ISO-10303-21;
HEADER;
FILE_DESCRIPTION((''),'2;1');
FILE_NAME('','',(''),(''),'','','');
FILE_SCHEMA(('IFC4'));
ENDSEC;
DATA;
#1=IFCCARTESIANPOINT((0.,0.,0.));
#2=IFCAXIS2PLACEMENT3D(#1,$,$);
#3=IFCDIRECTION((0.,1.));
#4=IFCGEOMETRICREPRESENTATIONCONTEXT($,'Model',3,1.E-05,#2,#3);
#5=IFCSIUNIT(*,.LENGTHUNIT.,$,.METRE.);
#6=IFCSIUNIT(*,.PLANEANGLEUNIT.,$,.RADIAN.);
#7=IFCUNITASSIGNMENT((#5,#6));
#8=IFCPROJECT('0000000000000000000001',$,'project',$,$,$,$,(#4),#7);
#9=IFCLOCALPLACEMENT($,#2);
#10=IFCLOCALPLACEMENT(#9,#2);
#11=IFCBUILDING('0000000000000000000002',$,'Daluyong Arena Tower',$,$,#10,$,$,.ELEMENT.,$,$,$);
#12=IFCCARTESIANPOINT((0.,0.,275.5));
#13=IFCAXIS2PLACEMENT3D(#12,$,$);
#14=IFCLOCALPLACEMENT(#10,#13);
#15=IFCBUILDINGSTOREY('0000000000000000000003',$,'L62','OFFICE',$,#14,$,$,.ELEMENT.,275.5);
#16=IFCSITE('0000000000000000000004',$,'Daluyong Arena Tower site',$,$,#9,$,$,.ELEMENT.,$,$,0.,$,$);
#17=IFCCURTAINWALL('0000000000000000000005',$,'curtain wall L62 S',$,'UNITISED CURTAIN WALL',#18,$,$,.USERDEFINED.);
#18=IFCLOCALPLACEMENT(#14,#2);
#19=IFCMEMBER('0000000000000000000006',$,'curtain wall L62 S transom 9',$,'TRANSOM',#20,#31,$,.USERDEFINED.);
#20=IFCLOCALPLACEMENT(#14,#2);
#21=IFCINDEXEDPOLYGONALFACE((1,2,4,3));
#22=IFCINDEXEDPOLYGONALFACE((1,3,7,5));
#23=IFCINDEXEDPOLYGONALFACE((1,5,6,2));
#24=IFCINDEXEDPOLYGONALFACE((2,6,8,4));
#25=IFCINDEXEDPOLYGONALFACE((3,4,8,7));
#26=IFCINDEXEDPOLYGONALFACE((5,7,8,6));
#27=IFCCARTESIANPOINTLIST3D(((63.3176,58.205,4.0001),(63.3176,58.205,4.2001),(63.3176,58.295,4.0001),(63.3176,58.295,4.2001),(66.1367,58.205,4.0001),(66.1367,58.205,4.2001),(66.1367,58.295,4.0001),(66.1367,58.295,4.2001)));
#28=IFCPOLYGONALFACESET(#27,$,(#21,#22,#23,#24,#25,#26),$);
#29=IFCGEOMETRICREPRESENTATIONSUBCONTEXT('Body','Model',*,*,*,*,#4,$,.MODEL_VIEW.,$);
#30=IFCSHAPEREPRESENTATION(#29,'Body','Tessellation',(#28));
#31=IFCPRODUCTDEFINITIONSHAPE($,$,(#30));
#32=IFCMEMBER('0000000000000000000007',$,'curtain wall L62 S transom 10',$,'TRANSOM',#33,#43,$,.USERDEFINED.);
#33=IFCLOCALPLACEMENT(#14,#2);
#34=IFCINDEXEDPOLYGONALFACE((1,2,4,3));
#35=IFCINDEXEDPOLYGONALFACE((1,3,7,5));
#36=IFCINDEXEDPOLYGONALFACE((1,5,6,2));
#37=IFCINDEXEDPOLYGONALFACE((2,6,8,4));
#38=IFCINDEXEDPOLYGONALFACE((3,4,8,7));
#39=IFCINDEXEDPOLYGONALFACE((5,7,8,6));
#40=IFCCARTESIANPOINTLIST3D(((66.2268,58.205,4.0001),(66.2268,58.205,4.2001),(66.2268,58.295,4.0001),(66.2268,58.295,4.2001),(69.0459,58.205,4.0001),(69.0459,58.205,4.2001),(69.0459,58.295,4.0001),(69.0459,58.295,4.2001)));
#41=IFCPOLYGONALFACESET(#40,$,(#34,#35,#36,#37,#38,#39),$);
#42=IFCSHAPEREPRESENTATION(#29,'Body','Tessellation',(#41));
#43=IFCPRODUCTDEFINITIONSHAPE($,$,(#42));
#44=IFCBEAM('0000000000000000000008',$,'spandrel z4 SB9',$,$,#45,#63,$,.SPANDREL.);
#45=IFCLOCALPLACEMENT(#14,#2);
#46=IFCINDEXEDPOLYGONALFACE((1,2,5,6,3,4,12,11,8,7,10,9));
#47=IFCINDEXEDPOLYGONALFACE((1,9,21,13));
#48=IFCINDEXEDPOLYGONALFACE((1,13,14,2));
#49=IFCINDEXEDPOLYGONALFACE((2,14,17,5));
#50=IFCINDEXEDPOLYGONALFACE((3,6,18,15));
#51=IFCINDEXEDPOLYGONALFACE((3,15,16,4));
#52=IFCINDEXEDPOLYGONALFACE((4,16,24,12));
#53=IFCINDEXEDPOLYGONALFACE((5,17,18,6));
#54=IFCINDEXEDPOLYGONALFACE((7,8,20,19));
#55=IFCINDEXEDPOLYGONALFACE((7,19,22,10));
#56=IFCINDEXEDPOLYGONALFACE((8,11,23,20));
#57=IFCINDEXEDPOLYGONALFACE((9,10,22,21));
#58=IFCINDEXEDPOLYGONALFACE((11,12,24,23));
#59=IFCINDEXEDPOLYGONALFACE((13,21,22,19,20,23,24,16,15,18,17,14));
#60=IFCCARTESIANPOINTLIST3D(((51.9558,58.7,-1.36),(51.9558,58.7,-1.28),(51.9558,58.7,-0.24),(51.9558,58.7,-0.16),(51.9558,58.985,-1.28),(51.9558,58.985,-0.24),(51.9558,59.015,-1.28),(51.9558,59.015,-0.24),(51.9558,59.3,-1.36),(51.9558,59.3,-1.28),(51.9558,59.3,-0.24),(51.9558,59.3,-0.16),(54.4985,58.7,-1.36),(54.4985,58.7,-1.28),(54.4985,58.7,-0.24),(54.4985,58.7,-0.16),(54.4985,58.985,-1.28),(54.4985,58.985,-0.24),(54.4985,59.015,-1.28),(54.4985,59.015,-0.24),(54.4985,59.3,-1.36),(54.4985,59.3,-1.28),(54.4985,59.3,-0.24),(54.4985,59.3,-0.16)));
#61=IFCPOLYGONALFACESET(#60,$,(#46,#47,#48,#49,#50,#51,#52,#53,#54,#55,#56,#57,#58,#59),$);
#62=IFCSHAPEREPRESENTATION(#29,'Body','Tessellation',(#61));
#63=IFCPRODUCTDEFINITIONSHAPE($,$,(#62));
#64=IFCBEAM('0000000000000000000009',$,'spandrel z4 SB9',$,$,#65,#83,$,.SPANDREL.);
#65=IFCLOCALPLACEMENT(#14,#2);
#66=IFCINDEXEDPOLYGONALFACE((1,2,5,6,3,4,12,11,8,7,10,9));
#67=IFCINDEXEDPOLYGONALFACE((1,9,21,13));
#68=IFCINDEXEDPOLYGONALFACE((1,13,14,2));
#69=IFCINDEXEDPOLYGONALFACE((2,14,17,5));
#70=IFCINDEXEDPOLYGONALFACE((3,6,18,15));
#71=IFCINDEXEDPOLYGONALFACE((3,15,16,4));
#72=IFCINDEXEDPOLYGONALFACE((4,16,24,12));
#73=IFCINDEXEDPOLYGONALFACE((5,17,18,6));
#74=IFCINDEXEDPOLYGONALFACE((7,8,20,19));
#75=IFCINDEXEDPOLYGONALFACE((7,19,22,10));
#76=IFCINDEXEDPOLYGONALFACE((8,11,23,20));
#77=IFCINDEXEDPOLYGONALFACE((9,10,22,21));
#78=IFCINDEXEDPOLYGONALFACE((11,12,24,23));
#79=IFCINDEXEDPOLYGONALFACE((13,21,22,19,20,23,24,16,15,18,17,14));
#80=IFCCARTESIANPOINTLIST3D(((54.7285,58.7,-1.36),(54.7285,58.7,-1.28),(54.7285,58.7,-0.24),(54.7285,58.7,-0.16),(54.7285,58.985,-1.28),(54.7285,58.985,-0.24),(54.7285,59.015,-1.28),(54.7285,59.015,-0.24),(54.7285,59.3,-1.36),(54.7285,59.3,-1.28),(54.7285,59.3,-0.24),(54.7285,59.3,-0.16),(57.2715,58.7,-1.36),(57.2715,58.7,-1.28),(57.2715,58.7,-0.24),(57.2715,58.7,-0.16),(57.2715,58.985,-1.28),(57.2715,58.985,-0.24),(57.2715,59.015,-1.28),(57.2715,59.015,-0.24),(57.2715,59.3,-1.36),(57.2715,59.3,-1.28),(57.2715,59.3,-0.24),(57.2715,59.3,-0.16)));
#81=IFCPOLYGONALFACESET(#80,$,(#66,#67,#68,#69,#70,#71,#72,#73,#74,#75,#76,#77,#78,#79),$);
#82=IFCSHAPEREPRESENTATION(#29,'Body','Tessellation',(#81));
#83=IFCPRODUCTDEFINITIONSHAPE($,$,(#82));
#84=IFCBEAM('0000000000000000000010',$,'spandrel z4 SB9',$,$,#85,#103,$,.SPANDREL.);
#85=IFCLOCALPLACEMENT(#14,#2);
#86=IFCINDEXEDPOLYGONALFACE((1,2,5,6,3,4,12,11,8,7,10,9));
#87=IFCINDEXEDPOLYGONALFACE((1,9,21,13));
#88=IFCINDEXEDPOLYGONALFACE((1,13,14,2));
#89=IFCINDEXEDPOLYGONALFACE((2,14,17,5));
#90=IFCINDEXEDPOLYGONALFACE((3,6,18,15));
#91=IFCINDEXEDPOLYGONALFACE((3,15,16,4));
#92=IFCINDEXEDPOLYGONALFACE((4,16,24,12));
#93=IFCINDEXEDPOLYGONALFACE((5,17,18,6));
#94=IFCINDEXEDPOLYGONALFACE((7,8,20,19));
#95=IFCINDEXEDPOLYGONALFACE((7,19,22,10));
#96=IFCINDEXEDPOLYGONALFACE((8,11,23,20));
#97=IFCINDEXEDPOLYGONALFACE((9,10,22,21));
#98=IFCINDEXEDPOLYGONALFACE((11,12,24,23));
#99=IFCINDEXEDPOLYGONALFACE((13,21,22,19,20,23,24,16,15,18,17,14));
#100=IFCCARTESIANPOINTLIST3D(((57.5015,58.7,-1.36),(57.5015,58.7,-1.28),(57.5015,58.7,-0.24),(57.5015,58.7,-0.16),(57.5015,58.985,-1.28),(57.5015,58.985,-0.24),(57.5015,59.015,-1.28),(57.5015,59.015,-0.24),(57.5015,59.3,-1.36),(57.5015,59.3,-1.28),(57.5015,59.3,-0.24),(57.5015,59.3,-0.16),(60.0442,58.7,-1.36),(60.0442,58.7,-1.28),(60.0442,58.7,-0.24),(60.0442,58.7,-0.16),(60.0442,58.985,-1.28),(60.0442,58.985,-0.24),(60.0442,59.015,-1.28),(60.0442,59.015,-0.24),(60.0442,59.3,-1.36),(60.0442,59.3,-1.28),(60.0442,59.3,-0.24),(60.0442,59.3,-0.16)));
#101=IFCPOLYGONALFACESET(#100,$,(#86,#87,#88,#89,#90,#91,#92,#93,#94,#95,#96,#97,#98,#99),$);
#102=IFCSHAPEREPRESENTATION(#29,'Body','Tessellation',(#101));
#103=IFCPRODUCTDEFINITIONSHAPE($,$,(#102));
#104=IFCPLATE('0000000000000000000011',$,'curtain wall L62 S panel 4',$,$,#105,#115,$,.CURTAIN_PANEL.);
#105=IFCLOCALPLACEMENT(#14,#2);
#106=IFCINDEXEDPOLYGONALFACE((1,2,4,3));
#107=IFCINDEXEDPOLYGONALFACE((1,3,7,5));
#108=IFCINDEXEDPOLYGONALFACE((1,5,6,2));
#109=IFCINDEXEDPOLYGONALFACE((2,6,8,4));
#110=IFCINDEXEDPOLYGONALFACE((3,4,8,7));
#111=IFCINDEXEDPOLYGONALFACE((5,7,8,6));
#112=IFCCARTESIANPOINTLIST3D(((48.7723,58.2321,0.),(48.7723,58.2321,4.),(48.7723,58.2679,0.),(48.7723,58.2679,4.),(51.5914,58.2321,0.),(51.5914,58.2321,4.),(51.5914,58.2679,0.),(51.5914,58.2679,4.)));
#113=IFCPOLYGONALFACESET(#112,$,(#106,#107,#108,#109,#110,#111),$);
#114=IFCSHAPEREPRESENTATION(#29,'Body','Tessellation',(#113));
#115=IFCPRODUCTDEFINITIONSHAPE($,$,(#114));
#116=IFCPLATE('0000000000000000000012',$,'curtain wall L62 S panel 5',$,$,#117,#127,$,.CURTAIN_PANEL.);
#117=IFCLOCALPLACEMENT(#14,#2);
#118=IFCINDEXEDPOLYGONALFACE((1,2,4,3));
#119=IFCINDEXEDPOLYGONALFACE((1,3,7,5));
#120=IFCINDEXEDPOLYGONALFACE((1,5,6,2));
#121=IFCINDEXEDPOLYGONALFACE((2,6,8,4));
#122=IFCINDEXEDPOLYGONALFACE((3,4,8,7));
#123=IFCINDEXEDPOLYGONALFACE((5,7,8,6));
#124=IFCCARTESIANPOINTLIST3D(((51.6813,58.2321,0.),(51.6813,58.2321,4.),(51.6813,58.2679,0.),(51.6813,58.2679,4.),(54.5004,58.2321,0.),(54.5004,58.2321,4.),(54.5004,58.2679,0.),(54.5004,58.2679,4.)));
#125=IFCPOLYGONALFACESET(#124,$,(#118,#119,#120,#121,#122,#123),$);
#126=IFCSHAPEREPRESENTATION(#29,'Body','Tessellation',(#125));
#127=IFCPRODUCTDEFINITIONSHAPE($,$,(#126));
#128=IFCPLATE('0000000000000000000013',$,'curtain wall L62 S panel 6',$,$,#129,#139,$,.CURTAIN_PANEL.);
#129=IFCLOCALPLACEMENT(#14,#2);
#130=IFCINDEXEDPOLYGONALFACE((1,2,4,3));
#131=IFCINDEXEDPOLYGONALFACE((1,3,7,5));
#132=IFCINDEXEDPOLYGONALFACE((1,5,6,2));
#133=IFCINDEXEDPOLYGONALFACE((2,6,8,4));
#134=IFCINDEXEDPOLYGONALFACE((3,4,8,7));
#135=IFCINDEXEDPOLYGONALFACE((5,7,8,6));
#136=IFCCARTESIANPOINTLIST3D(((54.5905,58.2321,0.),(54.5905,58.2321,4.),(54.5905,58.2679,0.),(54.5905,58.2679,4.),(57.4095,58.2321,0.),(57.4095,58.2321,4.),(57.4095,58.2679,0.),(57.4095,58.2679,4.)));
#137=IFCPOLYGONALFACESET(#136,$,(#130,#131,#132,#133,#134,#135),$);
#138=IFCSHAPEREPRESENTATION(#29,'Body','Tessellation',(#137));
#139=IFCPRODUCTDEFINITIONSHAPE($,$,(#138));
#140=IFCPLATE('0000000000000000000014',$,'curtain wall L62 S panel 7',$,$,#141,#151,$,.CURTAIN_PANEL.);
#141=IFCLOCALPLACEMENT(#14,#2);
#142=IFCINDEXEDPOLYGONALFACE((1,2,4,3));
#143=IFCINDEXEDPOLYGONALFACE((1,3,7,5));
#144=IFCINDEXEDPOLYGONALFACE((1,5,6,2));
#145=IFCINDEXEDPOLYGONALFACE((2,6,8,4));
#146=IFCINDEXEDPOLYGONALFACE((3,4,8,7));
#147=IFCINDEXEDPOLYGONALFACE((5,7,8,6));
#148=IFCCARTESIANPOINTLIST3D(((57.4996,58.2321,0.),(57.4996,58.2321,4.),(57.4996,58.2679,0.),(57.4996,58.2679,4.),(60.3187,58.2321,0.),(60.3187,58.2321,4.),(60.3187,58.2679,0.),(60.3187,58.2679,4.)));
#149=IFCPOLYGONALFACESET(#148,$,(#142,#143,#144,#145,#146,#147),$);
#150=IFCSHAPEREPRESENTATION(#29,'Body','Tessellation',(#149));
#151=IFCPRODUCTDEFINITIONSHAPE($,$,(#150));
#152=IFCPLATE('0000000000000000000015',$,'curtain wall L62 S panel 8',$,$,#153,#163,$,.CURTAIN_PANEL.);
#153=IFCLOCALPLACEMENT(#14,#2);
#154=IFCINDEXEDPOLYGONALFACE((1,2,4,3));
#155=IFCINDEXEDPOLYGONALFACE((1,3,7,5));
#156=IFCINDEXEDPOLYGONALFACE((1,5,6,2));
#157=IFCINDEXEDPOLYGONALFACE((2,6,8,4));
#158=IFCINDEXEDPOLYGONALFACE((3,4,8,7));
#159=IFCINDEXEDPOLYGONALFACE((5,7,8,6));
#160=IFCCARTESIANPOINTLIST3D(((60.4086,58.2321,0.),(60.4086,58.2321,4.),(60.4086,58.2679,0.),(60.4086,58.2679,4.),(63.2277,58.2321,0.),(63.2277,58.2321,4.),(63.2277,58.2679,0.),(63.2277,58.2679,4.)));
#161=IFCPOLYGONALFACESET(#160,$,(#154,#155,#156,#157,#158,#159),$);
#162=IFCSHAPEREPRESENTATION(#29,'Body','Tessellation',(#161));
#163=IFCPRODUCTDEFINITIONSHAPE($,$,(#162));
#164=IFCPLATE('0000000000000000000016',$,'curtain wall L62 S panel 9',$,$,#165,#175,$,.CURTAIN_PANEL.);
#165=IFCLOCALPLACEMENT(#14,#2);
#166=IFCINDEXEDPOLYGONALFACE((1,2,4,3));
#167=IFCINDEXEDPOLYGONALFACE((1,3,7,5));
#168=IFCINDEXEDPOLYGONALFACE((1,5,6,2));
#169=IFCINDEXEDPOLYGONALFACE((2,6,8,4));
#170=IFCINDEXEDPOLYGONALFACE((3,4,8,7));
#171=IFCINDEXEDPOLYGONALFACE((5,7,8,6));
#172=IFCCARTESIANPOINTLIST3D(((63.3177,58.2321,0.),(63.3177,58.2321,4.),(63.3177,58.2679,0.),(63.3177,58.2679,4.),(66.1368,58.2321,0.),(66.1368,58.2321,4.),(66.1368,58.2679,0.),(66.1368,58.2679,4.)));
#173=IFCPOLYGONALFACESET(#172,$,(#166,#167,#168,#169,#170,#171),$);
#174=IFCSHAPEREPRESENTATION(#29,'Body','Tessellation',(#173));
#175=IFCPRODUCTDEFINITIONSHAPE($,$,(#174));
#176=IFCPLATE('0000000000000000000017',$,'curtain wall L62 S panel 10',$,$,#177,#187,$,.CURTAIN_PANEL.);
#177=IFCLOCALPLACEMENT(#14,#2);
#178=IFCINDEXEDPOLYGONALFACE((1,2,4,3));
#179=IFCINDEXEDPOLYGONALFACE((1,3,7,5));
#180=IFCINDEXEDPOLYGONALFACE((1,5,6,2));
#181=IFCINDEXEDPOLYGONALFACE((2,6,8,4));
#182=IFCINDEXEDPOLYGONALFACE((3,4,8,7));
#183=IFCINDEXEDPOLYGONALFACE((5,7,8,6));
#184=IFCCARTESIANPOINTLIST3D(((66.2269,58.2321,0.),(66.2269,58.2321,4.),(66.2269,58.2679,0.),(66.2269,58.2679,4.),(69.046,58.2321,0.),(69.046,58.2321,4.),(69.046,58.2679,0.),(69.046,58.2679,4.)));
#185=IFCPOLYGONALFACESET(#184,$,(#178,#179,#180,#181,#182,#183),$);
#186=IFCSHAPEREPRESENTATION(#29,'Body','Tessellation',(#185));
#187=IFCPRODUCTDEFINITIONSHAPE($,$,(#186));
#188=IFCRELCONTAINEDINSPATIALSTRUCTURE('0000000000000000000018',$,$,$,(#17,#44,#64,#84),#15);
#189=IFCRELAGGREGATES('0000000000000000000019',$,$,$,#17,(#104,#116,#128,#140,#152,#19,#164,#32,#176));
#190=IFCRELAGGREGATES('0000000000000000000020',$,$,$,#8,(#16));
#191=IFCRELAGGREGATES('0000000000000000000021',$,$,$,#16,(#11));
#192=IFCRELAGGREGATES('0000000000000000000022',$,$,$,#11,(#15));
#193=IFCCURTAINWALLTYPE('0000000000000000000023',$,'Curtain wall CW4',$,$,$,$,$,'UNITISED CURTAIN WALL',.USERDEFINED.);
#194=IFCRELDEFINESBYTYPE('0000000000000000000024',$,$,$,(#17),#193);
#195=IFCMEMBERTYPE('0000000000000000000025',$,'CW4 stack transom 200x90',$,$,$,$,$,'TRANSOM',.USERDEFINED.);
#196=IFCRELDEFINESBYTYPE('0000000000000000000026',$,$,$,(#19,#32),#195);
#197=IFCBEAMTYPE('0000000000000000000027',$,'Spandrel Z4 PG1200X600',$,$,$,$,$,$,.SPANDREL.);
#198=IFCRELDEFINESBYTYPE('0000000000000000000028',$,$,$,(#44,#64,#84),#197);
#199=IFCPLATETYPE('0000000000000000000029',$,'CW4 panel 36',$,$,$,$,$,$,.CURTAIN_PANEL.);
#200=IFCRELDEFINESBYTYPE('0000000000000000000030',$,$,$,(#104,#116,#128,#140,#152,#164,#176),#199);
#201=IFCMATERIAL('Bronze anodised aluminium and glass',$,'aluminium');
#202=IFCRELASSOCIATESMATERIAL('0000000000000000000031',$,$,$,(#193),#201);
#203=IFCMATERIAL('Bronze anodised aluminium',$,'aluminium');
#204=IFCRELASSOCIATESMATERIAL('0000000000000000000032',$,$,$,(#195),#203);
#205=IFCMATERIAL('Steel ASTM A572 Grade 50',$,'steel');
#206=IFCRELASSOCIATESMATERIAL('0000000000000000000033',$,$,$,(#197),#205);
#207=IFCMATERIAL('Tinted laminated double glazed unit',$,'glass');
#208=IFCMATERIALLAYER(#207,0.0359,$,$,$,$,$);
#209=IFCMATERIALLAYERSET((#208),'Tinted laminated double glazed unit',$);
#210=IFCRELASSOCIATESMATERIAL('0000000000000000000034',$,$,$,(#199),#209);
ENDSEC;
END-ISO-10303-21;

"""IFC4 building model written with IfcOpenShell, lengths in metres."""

from ifc_helpers import new_model, si_unit, direction, frame, origin, origin_2d, place, context, subcontext, project, spatial, rectangle, i_section, extrude, material, layer, layer_set, material_profile, profile_set, type_object, element, aggregate, save


model = new_model("IFC4")

# Units and contexts
model_context = context("Model", 3, precision=1e-05, world=origin(), true_north=direction((0.0, 1.0)))
body_context = subcontext(model_context, "Body", "Model", "MODEL_VIEW")
ifc_project = project(units=[si_unit("LENGTHUNIT", "METRE"), si_unit("PLANEANGLEUNIT", "RADIAN")], contexts=[model_context])

# Site, building, storey
site_placement = place(None, origin())
site = spatial("IfcSite", under=ifc_project, at=site_placement, Name="Daluyong Arena Tower site", CompositionType="ELEMENT", RefElevation=0.0)
building_placement = place(site_placement, origin())
building = spatial("IfcBuilding", under=site, at=building_placement, Name="Daluyong Arena Tower", CompositionType="ELEMENT")
storey_placement = place(building_placement, frame((0.0, 0.0, 275.5)))
storey = spatial("IfcBuildingStorey", under=building, at=storey_placement, Name="L62", Description="OFFICE", CompositionType="ELEMENT", Elevation=275.5)

# Curtain wall, members
ifc_material_1 = material(Name="Bronze anodised aluminium and glass", Category="aluminium")
curtain_wall_type = type_object("IfcCurtainWallType", Name="Curtain wall CW4", ElementType="UNITISED CURTAIN WALL", PredefinedType="USERDEFINED", material=ifc_material_1)
curtain_wall_placement = place(storey_placement, origin())
curtain_wall = element("IfcCurtainWall", 1, at=curtain_wall_placement, inside=storey, type_object=curtain_wall_type, Name="curtain wall L62 S", ObjectType="UNITISED CURTAIN WALL", PredefinedType="USERDEFINED")
ifc_material_2 = material(Name="Bronze anodised aluminium", Category="aluminium")
ifc_material_profile_1 = material_profile(ifc_material_2, rectangle(XDim=0.0901, YDim=0.2, at=origin_2d()))
ifc_profile_set_1 = profile_set([ifc_material_profile_1], Name="Bronze anodised aluminium")
member_type_1 = type_object("IfcMemberType", Name="CW4 stack transom 200x90", ElementType="TRANSOM", PredefinedType="USERDEFINED", material=ifc_profile_set_1)
member_1_placement = place(storey_placement, frame((63.3176, 58.25, 4.1001), z_axis=(1.0, 0.0, 0.0), x_axis=(0.0, 1.0, 0.0)))
member_1 = element("IfcMember", 2, at=member_1_placement, type_object=member_type_1, Name="curtain wall L62 S transom 9", ObjectType="TRANSOM", PredefinedType="USERDEFINED", context=body_context, shape_type="SweptSolid", body=[
    extrude(rectangle(XDim=0.0901, YDim=0.2, at=origin_2d()), origin(), (0.0, 0.0, 1.0), 2.8191),
])
member_2_placement = place(storey_placement, frame((66.2268, 58.25, 4.1001), z_axis=(1.0, 0.0, 0.0), x_axis=(0.0, 1.0, 0.0)))
member_2 = element("IfcMember", 3, at=member_2_placement, type_object=member_type_1, Name="curtain wall L62 S transom 10", ObjectType="TRANSOM", PredefinedType="USERDEFINED", context=body_context, shape_type="SweptSolid", body=[
    extrude(rectangle(XDim=0.0901, YDim=0.2, at=origin_2d()), origin(), (0.0, 0.0, 1.0), 2.8191),
])

# Beams
ifc_material_3 = material(Name="Steel ASTM A572 Grade 50", Category="steel")
ifc_material_profile_2 = material_profile(ifc_material_3, i_section(OverallWidth=0.6001, OverallDepth=1.2, WebThickness=0.03, FlangeThickness=0.08, at=origin_2d()))
ifc_profile_set_2 = profile_set([ifc_material_profile_2], Name="Steel ASTM A572 Grade 50")
beam_type = type_object("IfcBeamType", Name="Spandrel Z4 PG1200X600", PredefinedType="SPANDREL", material=ifc_profile_set_2)
beam_1_placement = place(storey_placement, frame((51.9558, 59.0, -0.76), z_axis=(1.0, 0.0, 0.0), x_axis=(0.0, 1.0, 0.0)))
element("IfcBeam", 4, at=beam_1_placement, inside=storey, type_object=beam_type, Name="spandrel z4 SB9", PredefinedType="SPANDREL", context=body_context, shape_type="SweptSolid", body=[
    extrude(i_section(OverallWidth=0.6001, OverallDepth=1.2, WebThickness=0.03, FlangeThickness=0.08, at=origin_2d()), origin(), (0.0, 0.0, 1.0), 2.5427),
])
beam_2_placement = place(storey_placement, frame((54.7285, 59.0, -0.76), z_axis=(1.0, 0.0, 0.0), x_axis=(0.0, 1.0, 0.0)))
element("IfcBeam", 5, at=beam_2_placement, inside=storey, type_object=beam_type, Name="spandrel z4 SB9", PredefinedType="SPANDREL", context=body_context, shape_type="SweptSolid", body=[
    extrude(i_section(OverallWidth=0.6001, OverallDepth=1.2, WebThickness=0.03, FlangeThickness=0.08, at=origin_2d()), origin(), (0.0, 0.0, 1.0), 2.543),
])
beam_3_placement = place(storey_placement, frame((57.5015, 59.0, -0.76), z_axis=(1.0, 0.0, 0.0), x_axis=(0.0, 1.0, 0.0)))
element("IfcBeam", 6, at=beam_3_placement, inside=storey, type_object=beam_type, Name="spandrel z4 SB9", PredefinedType="SPANDREL", context=body_context, shape_type="SweptSolid", body=[
    extrude(i_section(OverallWidth=0.6001, OverallDepth=1.2, WebThickness=0.03, FlangeThickness=0.08, at=origin_2d()), origin(), (0.0, 0.0, 1.0), 2.5427),
])

# Plates
ifc_material_4 = material(Name="Tinted laminated double glazed unit", Category="glass")
ifc_layer = layer(ifc_material_4, 0.0359)
ifc_layer_set = layer_set([ifc_layer], Name="Tinted laminated double glazed unit")
plate_type = type_object("IfcPlateType", Name="CW4 panel 36", PredefinedType="CURTAIN_PANEL", material=ifc_layer_set)
plate_1_placement = place(storey_placement, frame((50.1819, 58.25, 0.0), z_axis=(0.0, 0.0, 1.0), x_axis=(1.0, 0.0, 0.0)))
plate_1 = element("IfcPlate", 7, at=plate_1_placement, type_object=plate_type, Name="curtain wall L62 S panel 4", PredefinedType="CURTAIN_PANEL", context=body_context, shape_type="SweptSolid", body=[
    extrude(rectangle(XDim=2.8191, YDim=0.0359, at=origin_2d()), origin(), (0.0, 0.0, 1.0), 4.0),
])
plate_2_placement = place(storey_placement, frame((53.0908, 58.25, 0.0), z_axis=(0.0, 0.0, 1.0), x_axis=(1.0, 0.0, 0.0)))
plate_2 = element("IfcPlate", 8, at=plate_2_placement, type_object=plate_type, Name="curtain wall L62 S panel 5", PredefinedType="CURTAIN_PANEL", context=body_context, shape_type="SweptSolid", body=[
    extrude(rectangle(XDim=2.8191, YDim=0.0359, at=origin_2d()), origin(), (0.0, 0.0, 1.0), 4.0),
])
plate_3_placement = place(storey_placement, frame((56.0, 58.25, 0.0), z_axis=(0.0, 0.0, 1.0), x_axis=(1.0, 0.0, 0.0)))
plate_3 = element("IfcPlate", 9, at=plate_3_placement, type_object=plate_type, Name="curtain wall L62 S panel 6", PredefinedType="CURTAIN_PANEL", context=body_context, shape_type="SweptSolid", body=[
    extrude(rectangle(XDim=2.8191, YDim=0.0359, at=origin_2d()), origin(), (0.0, 0.0, 1.0), 4.0),
])
plate_4_placement = place(storey_placement, frame((58.9092, 58.25, 0.0), z_axis=(0.0, 0.0, 1.0), x_axis=(1.0, 0.0, 0.0)))
plate_4 = element("IfcPlate", 10, at=plate_4_placement, type_object=plate_type, Name="curtain wall L62 S panel 7", PredefinedType="CURTAIN_PANEL", context=body_context, shape_type="SweptSolid", body=[
    extrude(rectangle(XDim=2.8191, YDim=0.0359, at=origin_2d()), origin(), (0.0, 0.0, 1.0), 4.0),
])
plate_5_placement = place(storey_placement, frame((61.8181, 58.25, 0.0), z_axis=(0.0, 0.0, 1.0), x_axis=(1.0, 0.0, 0.0)))
plate_5 = element("IfcPlate", 11, at=plate_5_placement, type_object=plate_type, Name="curtain wall L62 S panel 8", PredefinedType="CURTAIN_PANEL", context=body_context, shape_type="SweptSolid", body=[
    extrude(rectangle(XDim=2.8191, YDim=0.0359, at=origin_2d()), origin(), (0.0, 0.0, 1.0), 4.0),
])
plate_6_placement = place(storey_placement, frame((64.7273, 58.25, 0.0), z_axis=(0.0, 0.0, 1.0), x_axis=(1.0, 0.0, 0.0)))
plate_6 = element("IfcPlate", 12, at=plate_6_placement, type_object=plate_type, Name="curtain wall L62 S panel 9", PredefinedType="CURTAIN_PANEL", context=body_context, shape_type="SweptSolid", body=[
    extrude(rectangle(XDim=2.8191, YDim=0.0359, at=origin_2d()), origin(), (0.0, 0.0, 1.0), 4.0),
])
plate_7_placement = place(storey_placement, frame((67.6365, 58.25, 0.0), z_axis=(0.0, 0.0, 1.0), x_axis=(1.0, 0.0, 0.0)))
plate_7 = element("IfcPlate", 13, at=plate_7_placement, type_object=plate_type, Name="curtain wall L62 S panel 10", PredefinedType="CURTAIN_PANEL", context=body_context, shape_type="SweptSolid", body=[
    extrude(rectangle(XDim=2.8191, YDim=0.0359, at=origin_2d()), origin(), (0.0, 0.0, 1.0), 4.0),
])
aggregate(curtain_wall, [plate_1, plate_2, plate_3, plate_4, plate_5, member_1, plate_6, member_2, plate_7])

save(model, "model.ifc")
